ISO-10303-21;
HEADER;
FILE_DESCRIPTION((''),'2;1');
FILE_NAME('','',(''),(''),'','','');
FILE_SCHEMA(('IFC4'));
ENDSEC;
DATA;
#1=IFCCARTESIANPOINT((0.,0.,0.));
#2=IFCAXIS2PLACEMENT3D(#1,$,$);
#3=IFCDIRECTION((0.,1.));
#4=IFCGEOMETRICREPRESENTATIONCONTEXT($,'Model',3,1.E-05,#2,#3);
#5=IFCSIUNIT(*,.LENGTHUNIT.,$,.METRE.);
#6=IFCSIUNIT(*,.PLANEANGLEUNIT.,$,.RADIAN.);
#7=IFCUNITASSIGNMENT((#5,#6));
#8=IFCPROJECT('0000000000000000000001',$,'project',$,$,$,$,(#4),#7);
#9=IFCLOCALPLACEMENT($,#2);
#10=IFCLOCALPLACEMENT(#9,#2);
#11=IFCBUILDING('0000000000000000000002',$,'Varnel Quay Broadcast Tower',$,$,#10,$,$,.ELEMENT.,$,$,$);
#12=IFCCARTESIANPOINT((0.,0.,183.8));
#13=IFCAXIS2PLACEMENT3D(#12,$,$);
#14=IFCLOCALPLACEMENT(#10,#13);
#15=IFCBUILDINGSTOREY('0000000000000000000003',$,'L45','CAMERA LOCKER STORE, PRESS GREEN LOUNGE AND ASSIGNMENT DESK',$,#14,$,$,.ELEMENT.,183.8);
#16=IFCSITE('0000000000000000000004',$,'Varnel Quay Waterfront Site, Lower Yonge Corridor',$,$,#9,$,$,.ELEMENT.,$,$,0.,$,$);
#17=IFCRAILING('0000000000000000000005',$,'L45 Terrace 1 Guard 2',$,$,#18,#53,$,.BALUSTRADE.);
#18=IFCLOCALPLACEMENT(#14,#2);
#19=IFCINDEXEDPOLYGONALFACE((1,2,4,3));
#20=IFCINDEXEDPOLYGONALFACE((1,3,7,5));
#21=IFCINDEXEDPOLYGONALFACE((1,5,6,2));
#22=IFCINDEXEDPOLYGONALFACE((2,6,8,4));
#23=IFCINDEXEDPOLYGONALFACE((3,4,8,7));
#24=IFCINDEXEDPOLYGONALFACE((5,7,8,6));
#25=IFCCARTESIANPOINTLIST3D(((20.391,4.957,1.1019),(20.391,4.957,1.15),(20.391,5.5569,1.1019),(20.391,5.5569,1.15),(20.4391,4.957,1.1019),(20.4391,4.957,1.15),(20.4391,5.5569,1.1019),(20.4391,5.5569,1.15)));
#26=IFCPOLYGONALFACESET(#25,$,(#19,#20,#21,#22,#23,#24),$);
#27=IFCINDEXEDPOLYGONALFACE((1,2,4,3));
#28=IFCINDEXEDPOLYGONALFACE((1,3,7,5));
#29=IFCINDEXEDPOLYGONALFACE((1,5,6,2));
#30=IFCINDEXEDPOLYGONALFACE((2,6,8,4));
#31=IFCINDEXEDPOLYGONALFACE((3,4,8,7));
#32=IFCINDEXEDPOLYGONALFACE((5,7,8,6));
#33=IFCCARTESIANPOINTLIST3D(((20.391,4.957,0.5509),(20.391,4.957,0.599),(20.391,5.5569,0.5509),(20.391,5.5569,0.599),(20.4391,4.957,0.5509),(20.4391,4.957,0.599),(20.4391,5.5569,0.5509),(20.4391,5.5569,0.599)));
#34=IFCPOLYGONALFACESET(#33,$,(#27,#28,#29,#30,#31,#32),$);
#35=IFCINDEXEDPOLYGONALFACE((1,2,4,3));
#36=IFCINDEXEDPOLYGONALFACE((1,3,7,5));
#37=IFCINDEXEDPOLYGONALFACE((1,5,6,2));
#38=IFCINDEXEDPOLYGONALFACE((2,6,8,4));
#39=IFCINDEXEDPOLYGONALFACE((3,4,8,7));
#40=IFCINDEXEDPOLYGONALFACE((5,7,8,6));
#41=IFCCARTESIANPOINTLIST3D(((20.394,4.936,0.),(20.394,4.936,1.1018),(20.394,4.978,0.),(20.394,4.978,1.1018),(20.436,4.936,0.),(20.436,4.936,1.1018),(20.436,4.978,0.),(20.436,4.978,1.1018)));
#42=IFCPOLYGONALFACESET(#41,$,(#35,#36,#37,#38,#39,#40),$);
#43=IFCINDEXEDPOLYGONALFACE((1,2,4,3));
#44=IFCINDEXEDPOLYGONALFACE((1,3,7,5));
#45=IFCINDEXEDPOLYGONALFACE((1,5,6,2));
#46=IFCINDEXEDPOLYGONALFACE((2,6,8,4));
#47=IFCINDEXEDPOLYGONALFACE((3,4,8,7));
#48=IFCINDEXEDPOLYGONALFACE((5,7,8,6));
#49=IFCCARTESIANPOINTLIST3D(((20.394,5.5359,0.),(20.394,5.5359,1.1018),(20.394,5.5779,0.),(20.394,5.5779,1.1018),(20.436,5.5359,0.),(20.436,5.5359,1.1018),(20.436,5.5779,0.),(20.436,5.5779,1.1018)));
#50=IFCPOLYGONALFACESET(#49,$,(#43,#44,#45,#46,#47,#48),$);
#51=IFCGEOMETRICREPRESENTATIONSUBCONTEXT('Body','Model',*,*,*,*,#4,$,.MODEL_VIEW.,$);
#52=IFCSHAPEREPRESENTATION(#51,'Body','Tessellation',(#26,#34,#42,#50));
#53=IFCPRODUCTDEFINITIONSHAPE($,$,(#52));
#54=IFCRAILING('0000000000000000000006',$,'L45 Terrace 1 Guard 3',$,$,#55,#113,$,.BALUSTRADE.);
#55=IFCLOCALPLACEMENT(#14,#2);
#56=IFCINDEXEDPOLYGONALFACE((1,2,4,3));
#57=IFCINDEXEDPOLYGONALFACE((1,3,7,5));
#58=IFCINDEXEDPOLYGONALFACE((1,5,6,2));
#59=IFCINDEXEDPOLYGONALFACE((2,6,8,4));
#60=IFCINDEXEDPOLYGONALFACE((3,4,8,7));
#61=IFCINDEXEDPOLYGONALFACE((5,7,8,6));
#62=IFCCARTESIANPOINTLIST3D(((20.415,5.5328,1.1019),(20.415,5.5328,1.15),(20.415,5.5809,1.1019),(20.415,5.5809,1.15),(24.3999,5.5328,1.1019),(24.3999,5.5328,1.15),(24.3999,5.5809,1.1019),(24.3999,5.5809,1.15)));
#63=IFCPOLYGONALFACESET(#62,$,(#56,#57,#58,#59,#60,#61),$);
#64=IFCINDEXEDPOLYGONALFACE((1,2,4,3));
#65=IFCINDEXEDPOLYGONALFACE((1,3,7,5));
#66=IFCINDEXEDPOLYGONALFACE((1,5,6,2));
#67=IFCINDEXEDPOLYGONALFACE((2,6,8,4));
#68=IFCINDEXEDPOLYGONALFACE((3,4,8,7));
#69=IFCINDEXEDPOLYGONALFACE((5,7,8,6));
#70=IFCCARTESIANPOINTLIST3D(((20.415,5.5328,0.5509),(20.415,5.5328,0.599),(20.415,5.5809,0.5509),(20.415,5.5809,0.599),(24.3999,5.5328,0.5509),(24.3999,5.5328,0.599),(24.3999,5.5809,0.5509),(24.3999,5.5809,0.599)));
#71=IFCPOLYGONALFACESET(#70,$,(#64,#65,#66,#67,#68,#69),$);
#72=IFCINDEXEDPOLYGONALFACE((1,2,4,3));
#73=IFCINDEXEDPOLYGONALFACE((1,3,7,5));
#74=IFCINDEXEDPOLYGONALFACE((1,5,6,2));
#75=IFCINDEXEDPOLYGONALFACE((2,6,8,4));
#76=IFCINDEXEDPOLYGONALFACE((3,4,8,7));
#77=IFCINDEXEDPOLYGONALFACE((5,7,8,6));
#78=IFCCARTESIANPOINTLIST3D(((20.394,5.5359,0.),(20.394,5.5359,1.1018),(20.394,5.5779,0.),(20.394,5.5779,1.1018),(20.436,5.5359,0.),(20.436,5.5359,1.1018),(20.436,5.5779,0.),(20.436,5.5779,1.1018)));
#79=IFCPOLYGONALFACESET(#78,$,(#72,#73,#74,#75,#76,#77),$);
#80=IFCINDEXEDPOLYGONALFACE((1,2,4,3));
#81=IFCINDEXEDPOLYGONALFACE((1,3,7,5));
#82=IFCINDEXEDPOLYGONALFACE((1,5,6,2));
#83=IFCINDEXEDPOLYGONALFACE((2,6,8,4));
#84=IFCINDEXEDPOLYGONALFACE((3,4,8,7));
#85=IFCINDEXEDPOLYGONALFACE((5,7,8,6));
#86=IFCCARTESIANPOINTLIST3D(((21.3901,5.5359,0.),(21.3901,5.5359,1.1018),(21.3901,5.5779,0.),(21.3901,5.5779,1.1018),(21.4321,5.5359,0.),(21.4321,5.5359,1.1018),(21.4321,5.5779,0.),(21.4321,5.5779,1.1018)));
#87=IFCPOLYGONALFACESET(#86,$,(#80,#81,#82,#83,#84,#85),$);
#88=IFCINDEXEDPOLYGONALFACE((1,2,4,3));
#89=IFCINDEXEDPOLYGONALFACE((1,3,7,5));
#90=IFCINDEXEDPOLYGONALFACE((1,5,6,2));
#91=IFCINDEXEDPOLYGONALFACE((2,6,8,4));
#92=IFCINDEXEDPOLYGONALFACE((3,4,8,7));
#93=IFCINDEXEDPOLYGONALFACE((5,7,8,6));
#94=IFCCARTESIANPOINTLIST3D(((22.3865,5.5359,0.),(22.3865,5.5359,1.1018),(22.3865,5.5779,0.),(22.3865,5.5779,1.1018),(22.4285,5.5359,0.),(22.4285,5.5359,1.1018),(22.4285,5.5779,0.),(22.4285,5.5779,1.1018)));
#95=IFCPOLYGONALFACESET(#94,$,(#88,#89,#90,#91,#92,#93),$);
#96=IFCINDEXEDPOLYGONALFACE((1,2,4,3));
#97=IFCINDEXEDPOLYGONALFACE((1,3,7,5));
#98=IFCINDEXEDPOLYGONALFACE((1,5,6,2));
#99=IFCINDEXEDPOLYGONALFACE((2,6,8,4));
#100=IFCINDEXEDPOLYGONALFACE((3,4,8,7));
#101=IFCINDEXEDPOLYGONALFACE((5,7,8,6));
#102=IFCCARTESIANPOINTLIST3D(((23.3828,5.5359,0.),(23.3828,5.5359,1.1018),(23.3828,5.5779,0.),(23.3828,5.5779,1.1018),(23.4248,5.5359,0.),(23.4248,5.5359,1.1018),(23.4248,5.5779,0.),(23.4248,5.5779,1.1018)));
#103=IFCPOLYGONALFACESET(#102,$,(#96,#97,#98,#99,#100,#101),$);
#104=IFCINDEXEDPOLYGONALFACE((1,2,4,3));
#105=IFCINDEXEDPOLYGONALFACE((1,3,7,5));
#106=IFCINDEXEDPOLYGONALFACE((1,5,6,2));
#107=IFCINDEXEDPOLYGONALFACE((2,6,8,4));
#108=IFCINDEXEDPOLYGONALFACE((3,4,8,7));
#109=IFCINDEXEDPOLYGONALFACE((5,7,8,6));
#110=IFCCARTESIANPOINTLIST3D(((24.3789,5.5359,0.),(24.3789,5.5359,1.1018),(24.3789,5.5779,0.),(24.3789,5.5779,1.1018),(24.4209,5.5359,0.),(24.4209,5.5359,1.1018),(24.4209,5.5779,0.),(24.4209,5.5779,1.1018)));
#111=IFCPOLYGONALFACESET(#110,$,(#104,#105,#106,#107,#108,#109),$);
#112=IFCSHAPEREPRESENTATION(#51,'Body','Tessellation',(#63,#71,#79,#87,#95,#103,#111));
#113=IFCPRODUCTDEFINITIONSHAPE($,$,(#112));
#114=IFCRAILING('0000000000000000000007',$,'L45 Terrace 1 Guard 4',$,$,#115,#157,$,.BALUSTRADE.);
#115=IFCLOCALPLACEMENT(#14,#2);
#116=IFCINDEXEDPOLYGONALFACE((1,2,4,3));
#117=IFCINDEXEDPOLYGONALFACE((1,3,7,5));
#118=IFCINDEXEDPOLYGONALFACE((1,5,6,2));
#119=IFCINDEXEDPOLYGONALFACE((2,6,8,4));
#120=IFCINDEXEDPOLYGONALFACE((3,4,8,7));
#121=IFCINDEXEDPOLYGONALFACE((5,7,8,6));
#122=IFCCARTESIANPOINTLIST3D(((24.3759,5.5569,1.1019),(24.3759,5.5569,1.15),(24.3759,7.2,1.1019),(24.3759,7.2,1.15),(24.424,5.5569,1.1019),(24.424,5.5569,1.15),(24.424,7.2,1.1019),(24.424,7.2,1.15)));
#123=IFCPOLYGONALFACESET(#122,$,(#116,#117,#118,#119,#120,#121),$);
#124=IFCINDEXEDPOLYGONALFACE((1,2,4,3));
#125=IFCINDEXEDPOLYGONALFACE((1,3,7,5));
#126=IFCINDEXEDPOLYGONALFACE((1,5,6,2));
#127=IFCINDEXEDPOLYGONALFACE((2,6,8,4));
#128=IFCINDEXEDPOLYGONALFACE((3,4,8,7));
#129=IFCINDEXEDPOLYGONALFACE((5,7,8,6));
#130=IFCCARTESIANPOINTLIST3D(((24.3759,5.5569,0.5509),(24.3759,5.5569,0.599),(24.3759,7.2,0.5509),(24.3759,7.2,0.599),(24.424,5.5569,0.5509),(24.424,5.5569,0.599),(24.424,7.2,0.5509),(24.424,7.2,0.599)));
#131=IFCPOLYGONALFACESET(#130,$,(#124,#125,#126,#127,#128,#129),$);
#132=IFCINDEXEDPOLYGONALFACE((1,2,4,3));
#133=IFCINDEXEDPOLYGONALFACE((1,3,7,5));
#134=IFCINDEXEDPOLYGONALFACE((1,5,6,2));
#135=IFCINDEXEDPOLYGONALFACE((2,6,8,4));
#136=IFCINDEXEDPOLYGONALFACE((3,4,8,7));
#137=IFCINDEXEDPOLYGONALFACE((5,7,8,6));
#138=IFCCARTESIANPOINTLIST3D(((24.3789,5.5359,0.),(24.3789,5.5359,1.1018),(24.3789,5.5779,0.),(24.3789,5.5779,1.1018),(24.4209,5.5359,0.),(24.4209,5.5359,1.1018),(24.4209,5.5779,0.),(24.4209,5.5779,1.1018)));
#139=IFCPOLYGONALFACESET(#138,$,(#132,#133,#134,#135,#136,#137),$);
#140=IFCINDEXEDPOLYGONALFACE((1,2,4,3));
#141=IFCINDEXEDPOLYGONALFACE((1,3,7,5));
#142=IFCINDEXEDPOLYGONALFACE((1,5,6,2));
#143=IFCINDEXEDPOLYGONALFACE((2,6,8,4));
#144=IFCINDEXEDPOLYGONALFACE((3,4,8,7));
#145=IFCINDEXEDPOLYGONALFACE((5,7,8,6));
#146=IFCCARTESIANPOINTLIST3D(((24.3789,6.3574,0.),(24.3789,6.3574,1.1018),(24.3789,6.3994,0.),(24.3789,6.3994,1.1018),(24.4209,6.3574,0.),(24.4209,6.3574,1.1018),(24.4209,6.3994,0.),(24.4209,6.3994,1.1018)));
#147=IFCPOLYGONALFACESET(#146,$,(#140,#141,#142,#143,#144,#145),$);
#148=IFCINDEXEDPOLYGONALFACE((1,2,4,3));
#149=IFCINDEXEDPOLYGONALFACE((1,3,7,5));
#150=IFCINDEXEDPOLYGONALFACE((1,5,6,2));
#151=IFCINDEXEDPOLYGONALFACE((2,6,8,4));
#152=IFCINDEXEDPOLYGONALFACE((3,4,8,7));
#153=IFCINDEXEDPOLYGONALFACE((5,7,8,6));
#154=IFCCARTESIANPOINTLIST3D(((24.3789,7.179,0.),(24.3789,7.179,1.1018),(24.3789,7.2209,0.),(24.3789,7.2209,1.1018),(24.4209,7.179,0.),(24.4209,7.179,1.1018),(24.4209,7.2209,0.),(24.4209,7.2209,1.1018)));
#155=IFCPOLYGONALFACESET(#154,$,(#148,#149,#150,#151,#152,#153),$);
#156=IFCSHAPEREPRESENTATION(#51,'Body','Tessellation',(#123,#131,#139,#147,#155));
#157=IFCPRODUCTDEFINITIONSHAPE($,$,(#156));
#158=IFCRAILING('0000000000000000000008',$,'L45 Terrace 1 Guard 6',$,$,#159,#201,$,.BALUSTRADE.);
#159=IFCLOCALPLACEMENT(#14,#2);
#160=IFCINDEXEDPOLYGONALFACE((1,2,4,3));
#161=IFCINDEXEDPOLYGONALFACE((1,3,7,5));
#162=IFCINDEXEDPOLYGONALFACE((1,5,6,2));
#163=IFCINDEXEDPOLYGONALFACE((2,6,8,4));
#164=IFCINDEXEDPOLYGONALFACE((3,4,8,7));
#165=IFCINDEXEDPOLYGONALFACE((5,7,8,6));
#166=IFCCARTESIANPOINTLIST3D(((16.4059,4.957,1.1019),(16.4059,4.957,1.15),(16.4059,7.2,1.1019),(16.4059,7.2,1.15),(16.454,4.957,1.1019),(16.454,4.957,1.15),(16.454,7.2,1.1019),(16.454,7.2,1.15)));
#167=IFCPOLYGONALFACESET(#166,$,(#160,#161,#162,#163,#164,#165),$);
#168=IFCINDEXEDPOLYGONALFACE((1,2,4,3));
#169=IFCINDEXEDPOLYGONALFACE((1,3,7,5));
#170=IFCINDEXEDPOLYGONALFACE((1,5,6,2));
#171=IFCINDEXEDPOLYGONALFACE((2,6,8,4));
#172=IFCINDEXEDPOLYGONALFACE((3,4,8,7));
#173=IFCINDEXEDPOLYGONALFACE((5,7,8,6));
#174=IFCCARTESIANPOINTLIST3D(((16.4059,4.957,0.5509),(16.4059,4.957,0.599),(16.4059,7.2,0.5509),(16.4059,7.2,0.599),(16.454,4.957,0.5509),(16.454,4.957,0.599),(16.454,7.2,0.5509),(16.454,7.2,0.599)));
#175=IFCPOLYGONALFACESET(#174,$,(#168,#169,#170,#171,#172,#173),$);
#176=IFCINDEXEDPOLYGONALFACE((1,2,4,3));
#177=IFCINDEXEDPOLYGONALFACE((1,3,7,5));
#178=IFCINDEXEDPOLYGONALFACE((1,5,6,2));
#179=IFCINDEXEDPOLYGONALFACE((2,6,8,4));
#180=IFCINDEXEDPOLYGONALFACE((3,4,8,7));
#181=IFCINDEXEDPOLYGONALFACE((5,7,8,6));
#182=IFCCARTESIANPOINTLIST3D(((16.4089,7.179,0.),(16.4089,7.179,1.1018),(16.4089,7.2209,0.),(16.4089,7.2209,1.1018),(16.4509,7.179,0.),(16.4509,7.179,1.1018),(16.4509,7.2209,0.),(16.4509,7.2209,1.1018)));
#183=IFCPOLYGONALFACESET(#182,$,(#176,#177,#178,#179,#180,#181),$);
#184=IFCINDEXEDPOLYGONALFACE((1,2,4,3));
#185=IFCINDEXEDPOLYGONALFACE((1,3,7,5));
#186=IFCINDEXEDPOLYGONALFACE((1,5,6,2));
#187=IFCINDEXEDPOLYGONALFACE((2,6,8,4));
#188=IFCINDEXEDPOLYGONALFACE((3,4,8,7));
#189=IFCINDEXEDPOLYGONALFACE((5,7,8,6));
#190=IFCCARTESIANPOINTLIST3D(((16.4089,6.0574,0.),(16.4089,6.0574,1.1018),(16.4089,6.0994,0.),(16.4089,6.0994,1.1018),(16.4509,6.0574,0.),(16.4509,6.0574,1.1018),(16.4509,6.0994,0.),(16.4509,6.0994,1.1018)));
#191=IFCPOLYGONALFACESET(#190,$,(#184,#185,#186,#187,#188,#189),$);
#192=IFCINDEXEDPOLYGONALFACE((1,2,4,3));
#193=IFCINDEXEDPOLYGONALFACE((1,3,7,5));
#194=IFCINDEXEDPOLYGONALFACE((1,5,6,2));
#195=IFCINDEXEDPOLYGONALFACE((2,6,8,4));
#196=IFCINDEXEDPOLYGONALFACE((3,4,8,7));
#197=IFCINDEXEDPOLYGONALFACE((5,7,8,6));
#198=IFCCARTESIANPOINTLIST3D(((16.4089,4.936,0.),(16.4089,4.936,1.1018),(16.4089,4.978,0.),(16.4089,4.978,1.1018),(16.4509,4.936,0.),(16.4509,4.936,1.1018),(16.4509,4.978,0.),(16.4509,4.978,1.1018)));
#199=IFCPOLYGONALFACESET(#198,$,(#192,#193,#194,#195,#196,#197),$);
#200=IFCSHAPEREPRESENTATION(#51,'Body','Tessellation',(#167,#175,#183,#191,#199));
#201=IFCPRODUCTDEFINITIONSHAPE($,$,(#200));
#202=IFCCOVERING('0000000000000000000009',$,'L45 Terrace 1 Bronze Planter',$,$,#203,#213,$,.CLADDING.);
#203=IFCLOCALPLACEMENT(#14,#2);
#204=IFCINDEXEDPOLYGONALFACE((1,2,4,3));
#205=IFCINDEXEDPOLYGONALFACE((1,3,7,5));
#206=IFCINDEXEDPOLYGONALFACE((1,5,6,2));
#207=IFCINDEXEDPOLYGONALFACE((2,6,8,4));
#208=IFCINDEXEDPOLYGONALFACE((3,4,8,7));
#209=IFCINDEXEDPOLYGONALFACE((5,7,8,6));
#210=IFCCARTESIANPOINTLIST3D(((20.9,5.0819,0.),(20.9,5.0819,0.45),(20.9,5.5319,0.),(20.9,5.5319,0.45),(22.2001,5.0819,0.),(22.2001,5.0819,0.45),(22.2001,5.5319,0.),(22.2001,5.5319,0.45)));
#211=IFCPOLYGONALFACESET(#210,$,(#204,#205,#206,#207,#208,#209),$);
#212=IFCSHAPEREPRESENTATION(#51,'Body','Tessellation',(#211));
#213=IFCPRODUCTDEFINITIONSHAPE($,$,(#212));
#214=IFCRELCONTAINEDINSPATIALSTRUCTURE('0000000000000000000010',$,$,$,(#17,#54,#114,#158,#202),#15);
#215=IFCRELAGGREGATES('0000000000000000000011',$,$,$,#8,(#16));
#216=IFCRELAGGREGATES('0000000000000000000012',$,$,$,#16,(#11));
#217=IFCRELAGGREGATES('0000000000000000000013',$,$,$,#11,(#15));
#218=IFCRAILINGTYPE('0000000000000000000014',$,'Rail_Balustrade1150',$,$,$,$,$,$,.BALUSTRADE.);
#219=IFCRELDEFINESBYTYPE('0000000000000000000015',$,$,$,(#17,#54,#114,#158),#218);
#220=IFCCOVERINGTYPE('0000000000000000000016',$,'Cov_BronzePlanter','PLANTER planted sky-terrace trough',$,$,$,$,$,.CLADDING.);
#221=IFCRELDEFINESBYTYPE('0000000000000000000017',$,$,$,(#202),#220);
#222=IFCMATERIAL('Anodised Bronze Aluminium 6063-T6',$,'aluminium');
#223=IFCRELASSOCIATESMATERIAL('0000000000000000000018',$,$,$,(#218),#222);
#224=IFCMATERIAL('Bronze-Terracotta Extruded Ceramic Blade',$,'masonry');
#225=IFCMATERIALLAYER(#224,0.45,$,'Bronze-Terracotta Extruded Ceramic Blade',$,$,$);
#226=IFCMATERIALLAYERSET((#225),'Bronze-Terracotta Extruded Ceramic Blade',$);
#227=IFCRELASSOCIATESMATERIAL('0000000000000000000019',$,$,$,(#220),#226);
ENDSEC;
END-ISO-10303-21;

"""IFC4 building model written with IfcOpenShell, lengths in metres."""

from ifc_helpers import new_model, si_unit, direction, frame, origin, origin_2d, place, context, subcontext, project, spatial, rectangle, extrude, source, transform, mapped, material, layer, layer_set, type_object, type_shapes, element, save


model = new_model("IFC4")

# Units and contexts
model_context = context("Model", 3, precision=1e-05, world=origin(), true_north=direction((0.0, 1.0)))
body_context = subcontext(model_context, "Body", "Model", "MODEL_VIEW")
ifc_project = project(units=[si_unit("LENGTHUNIT", "METRE"), si_unit("PLANEANGLEUNIT", "RADIAN")], contexts=[model_context])

# Site, building, storey
site_placement = place(None, origin())
site = spatial("IfcSite", under=ifc_project, at=site_placement, Name="Varnel Quay Waterfront Site, Lower Yonge Corridor", CompositionType="ELEMENT", RefElevation=0.0)
building_placement = place(site_placement, origin())
building = spatial("IfcBuilding", under=site, at=building_placement, Name="Varnel Quay Broadcast Tower", CompositionType="ELEMENT")
storey_placement = place(building_placement, frame((0.0, 0.0, 183.8)))
storey = spatial("IfcBuildingStorey", under=building, at=storey_placement, Name="L45", Description="CAMERA LOCKER STORE, PRESS GREEN LOUNGE AND ASSIGNMENT DESK", CompositionType="ELEMENT", Elevation=183.8)

# Shared definitions
ifc_material_1 = material(Name="Anodised Bronze Aluminium 6063-T6", Category="aluminium")

# Railings
railing_type = type_object("IfcRailingType", Name="Rail_Balustrade1150", PredefinedType="BALUSTRADE", material=ifc_material_1)
railing_1_placement = place(storey_placement, frame((20.415, 4.957, 0.0)))
element("IfcRailing", 1, at=railing_1_placement, inside=storey, type_object=railing_type, Name="L45 Terrace 1 Guard 2", PredefinedType="BALUSTRADE", context=body_context, shape_type="SweptSolid", body=[
    extrude(rectangle(XDim=0.0481, YDim=0.0481, at=origin_2d()), frame((0.0, 0.0, 1.126), z_axis=(0.0, 1.0, 0.0), x_axis=(-1.0, 0.0, 0.0)), (0.0, 0.0, 1.0), 0.5999),
    extrude(rectangle(XDim=0.0481, YDim=0.0481, at=origin_2d()), frame((0.0, 0.0, 0.575), z_axis=(0.0, 1.0, 0.0), x_axis=(-1.0, 0.0, 0.0)), (0.0, 0.0, 1.0), 0.5999),
    extrude(rectangle(XDim=0.042, YDim=0.042, at=origin_2d()), origin(), (0.0, 0.0, 1.0), 1.1018),
    extrude(rectangle(XDim=0.042, YDim=0.042, at=origin_2d()), frame((0.0, 0.5999, 0.0)), (0.0, 0.0, 1.0), 1.1018),
])
railing_2_placement = place(storey_placement, frame((20.415, 5.5569, 0.0)))
element("IfcRailing", 2, at=railing_2_placement, inside=storey, type_object=railing_type, Name="L45 Terrace 1 Guard 3", PredefinedType="BALUSTRADE", context=body_context, shape_type="SweptSolid", body=[
    extrude(rectangle(XDim=0.0481, YDim=0.0481, at=origin_2d()), frame((0.0, 0.0, 1.126), z_axis=(1.0, 0.0, 0.0), x_axis=(0.0, 1.0, 0.0)), (0.0, 0.0, 1.0), 3.9849),
    extrude(rectangle(XDim=0.0481, YDim=0.0481, at=origin_2d()), frame((0.0, 0.0, 0.575), z_axis=(1.0, 0.0, 0.0), x_axis=(0.0, 1.0, 0.0)), (0.0, 0.0, 1.0), 3.9849),
    extrude(rectangle(XDim=0.042, YDim=0.042, at=origin_2d()), origin(), (0.0, 0.0, 1.0), 1.1018),
    extrude(rectangle(XDim=0.042, YDim=0.042, at=origin_2d()), frame((0.9961, 0.0, 0.0)), (0.0, 0.0, 1.0), 1.1018),
    extrude(rectangle(XDim=0.042, YDim=0.042, at=origin_2d()), frame((1.9924, 0.0, 0.0)), (0.0, 0.0, 1.0), 1.1018),
    extrude(rectangle(XDim=0.042, YDim=0.042, at=origin_2d()), frame((2.9888, 0.0, 0.0)), (0.0, 0.0, 1.0), 1.1018),
    extrude(rectangle(XDim=0.042, YDim=0.042, at=origin_2d()), frame((3.9849, 0.0, 0.0)), (0.0, 0.0, 1.0), 1.1018),
])
railing_3_placement = place(storey_placement, frame((24.3999, 5.5569, 0.0)))
element("IfcRailing", 3, at=railing_3_placement, inside=storey, type_object=railing_type, Name="L45 Terrace 1 Guard 4", PredefinedType="BALUSTRADE", context=body_context, shape_type="SweptSolid", body=[
    extrude(rectangle(XDim=0.0481, YDim=0.0481, at=origin_2d()), frame((0.0, 0.0, 1.126), z_axis=(0.0, 1.0, 0.0), x_axis=(-1.0, 0.0, 0.0)), (0.0, 0.0, 1.0), 1.6431),
    extrude(rectangle(XDim=0.0481, YDim=0.0481, at=origin_2d()), frame((0.0, 0.0, 0.575), z_axis=(0.0, 1.0, 0.0), x_axis=(-1.0, 0.0, 0.0)), (0.0, 0.0, 1.0), 1.6431),
    extrude(rectangle(XDim=0.042, YDim=0.042, at=origin_2d()), origin(), (0.0, 0.0, 1.0), 1.1018),
    extrude(rectangle(XDim=0.042, YDim=0.042, at=origin_2d()), frame((0.0, 0.8215, 0.0)), (0.0, 0.0, 1.0), 1.1018),
    extrude(rectangle(XDim=0.042, YDim=0.042, at=origin_2d()), frame((0.0, 1.6431, 0.0)), (0.0, 0.0, 1.0), 1.1018),
])
railing_4_placement = place(storey_placement, frame((16.4299, 7.2, 0.0)))
element("IfcRailing", 4, at=railing_4_placement, inside=storey, type_object=railing_type, Name="L45 Terrace 1 Guard 6", PredefinedType="BALUSTRADE", context=body_context, shape_type="SweptSolid", body=[
    extrude(rectangle(XDim=0.0481, YDim=0.0481, at=origin_2d()), frame((0.0, 0.0, 1.126), z_axis=(0.0, -1.0, 0.0), x_axis=(1.0, 0.0, 0.0)), (0.0, 0.0, 1.0), 2.2429),
    extrude(rectangle(XDim=0.0481, YDim=0.0481, at=origin_2d()), frame((0.0, 0.0, 0.575), z_axis=(0.0, -1.0, 0.0), x_axis=(1.0, 0.0, 0.0)), (0.0, 0.0, 1.0), 2.2429),
    extrude(rectangle(XDim=0.042, YDim=0.042, at=origin_2d()), origin(), (0.0, 0.0, 1.0), 1.1018),
    extrude(rectangle(XDim=0.042, YDim=0.042, at=origin_2d()), frame((0.0, -1.1216, 0.0)), (0.0, 0.0, 1.0), 1.1018),
    extrude(rectangle(XDim=0.042, YDim=0.042, at=origin_2d()), frame((0.0, -2.2429, 0.0)), (0.0, 0.0, 1.0), 1.1018),
])

# Covering
ifc_material_2 = material(Name="Bronze-Terracotta Extruded Ceramic Blade", Category="masonry")
ifc_layer_1 = layer(ifc_material_2, 0.45, Name="Bronze-Terracotta Extruded Ceramic Blade")
ifc_layer_set_1 = layer_set([ifc_layer_1], Name="Bronze-Terracotta Extruded Ceramic Blade")
covering_type = type_object("IfcCoveringType", Name="Cov_BronzePlanter", Description="PLANTER planted sky-terrace trough", PredefinedType="CLADDING", material=ifc_layer_set_1)
shared_shape_1 = source(origin(), body_context, "Body", "SweptSolid", [
    extrude(rectangle(XDim=1.3, YDim=0.45, at=origin_2d()), origin(), (0.0, 0.0, 1.0), 0.45),
])
type_shapes(covering_type, [shared_shape_1])
covering_placement = place(storey_placement, frame((21.55, 5.3069, 0.0), z_axis=(0.0, 0.0, 1.0), x_axis=(1.0, 0.0, 0.0)))
element("IfcCovering", 5, at=covering_placement, inside=storey, type_object=covering_type, Name="L45 Terrace 1 Bronze Planter", PredefinedType="CLADDING", context=body_context, shape_type="MappedRepresentation", body=[
    mapped(shared_shape_1, transform((0.0, 0.0, 0.0), x_axis=(1.0, 0.0, 0.0), y_axis=(0.0, 1.0, 0.0), z_axis=(0.0, 0.0, 1.0), scale=1.0)),
])

save(model, "model.ifc")
